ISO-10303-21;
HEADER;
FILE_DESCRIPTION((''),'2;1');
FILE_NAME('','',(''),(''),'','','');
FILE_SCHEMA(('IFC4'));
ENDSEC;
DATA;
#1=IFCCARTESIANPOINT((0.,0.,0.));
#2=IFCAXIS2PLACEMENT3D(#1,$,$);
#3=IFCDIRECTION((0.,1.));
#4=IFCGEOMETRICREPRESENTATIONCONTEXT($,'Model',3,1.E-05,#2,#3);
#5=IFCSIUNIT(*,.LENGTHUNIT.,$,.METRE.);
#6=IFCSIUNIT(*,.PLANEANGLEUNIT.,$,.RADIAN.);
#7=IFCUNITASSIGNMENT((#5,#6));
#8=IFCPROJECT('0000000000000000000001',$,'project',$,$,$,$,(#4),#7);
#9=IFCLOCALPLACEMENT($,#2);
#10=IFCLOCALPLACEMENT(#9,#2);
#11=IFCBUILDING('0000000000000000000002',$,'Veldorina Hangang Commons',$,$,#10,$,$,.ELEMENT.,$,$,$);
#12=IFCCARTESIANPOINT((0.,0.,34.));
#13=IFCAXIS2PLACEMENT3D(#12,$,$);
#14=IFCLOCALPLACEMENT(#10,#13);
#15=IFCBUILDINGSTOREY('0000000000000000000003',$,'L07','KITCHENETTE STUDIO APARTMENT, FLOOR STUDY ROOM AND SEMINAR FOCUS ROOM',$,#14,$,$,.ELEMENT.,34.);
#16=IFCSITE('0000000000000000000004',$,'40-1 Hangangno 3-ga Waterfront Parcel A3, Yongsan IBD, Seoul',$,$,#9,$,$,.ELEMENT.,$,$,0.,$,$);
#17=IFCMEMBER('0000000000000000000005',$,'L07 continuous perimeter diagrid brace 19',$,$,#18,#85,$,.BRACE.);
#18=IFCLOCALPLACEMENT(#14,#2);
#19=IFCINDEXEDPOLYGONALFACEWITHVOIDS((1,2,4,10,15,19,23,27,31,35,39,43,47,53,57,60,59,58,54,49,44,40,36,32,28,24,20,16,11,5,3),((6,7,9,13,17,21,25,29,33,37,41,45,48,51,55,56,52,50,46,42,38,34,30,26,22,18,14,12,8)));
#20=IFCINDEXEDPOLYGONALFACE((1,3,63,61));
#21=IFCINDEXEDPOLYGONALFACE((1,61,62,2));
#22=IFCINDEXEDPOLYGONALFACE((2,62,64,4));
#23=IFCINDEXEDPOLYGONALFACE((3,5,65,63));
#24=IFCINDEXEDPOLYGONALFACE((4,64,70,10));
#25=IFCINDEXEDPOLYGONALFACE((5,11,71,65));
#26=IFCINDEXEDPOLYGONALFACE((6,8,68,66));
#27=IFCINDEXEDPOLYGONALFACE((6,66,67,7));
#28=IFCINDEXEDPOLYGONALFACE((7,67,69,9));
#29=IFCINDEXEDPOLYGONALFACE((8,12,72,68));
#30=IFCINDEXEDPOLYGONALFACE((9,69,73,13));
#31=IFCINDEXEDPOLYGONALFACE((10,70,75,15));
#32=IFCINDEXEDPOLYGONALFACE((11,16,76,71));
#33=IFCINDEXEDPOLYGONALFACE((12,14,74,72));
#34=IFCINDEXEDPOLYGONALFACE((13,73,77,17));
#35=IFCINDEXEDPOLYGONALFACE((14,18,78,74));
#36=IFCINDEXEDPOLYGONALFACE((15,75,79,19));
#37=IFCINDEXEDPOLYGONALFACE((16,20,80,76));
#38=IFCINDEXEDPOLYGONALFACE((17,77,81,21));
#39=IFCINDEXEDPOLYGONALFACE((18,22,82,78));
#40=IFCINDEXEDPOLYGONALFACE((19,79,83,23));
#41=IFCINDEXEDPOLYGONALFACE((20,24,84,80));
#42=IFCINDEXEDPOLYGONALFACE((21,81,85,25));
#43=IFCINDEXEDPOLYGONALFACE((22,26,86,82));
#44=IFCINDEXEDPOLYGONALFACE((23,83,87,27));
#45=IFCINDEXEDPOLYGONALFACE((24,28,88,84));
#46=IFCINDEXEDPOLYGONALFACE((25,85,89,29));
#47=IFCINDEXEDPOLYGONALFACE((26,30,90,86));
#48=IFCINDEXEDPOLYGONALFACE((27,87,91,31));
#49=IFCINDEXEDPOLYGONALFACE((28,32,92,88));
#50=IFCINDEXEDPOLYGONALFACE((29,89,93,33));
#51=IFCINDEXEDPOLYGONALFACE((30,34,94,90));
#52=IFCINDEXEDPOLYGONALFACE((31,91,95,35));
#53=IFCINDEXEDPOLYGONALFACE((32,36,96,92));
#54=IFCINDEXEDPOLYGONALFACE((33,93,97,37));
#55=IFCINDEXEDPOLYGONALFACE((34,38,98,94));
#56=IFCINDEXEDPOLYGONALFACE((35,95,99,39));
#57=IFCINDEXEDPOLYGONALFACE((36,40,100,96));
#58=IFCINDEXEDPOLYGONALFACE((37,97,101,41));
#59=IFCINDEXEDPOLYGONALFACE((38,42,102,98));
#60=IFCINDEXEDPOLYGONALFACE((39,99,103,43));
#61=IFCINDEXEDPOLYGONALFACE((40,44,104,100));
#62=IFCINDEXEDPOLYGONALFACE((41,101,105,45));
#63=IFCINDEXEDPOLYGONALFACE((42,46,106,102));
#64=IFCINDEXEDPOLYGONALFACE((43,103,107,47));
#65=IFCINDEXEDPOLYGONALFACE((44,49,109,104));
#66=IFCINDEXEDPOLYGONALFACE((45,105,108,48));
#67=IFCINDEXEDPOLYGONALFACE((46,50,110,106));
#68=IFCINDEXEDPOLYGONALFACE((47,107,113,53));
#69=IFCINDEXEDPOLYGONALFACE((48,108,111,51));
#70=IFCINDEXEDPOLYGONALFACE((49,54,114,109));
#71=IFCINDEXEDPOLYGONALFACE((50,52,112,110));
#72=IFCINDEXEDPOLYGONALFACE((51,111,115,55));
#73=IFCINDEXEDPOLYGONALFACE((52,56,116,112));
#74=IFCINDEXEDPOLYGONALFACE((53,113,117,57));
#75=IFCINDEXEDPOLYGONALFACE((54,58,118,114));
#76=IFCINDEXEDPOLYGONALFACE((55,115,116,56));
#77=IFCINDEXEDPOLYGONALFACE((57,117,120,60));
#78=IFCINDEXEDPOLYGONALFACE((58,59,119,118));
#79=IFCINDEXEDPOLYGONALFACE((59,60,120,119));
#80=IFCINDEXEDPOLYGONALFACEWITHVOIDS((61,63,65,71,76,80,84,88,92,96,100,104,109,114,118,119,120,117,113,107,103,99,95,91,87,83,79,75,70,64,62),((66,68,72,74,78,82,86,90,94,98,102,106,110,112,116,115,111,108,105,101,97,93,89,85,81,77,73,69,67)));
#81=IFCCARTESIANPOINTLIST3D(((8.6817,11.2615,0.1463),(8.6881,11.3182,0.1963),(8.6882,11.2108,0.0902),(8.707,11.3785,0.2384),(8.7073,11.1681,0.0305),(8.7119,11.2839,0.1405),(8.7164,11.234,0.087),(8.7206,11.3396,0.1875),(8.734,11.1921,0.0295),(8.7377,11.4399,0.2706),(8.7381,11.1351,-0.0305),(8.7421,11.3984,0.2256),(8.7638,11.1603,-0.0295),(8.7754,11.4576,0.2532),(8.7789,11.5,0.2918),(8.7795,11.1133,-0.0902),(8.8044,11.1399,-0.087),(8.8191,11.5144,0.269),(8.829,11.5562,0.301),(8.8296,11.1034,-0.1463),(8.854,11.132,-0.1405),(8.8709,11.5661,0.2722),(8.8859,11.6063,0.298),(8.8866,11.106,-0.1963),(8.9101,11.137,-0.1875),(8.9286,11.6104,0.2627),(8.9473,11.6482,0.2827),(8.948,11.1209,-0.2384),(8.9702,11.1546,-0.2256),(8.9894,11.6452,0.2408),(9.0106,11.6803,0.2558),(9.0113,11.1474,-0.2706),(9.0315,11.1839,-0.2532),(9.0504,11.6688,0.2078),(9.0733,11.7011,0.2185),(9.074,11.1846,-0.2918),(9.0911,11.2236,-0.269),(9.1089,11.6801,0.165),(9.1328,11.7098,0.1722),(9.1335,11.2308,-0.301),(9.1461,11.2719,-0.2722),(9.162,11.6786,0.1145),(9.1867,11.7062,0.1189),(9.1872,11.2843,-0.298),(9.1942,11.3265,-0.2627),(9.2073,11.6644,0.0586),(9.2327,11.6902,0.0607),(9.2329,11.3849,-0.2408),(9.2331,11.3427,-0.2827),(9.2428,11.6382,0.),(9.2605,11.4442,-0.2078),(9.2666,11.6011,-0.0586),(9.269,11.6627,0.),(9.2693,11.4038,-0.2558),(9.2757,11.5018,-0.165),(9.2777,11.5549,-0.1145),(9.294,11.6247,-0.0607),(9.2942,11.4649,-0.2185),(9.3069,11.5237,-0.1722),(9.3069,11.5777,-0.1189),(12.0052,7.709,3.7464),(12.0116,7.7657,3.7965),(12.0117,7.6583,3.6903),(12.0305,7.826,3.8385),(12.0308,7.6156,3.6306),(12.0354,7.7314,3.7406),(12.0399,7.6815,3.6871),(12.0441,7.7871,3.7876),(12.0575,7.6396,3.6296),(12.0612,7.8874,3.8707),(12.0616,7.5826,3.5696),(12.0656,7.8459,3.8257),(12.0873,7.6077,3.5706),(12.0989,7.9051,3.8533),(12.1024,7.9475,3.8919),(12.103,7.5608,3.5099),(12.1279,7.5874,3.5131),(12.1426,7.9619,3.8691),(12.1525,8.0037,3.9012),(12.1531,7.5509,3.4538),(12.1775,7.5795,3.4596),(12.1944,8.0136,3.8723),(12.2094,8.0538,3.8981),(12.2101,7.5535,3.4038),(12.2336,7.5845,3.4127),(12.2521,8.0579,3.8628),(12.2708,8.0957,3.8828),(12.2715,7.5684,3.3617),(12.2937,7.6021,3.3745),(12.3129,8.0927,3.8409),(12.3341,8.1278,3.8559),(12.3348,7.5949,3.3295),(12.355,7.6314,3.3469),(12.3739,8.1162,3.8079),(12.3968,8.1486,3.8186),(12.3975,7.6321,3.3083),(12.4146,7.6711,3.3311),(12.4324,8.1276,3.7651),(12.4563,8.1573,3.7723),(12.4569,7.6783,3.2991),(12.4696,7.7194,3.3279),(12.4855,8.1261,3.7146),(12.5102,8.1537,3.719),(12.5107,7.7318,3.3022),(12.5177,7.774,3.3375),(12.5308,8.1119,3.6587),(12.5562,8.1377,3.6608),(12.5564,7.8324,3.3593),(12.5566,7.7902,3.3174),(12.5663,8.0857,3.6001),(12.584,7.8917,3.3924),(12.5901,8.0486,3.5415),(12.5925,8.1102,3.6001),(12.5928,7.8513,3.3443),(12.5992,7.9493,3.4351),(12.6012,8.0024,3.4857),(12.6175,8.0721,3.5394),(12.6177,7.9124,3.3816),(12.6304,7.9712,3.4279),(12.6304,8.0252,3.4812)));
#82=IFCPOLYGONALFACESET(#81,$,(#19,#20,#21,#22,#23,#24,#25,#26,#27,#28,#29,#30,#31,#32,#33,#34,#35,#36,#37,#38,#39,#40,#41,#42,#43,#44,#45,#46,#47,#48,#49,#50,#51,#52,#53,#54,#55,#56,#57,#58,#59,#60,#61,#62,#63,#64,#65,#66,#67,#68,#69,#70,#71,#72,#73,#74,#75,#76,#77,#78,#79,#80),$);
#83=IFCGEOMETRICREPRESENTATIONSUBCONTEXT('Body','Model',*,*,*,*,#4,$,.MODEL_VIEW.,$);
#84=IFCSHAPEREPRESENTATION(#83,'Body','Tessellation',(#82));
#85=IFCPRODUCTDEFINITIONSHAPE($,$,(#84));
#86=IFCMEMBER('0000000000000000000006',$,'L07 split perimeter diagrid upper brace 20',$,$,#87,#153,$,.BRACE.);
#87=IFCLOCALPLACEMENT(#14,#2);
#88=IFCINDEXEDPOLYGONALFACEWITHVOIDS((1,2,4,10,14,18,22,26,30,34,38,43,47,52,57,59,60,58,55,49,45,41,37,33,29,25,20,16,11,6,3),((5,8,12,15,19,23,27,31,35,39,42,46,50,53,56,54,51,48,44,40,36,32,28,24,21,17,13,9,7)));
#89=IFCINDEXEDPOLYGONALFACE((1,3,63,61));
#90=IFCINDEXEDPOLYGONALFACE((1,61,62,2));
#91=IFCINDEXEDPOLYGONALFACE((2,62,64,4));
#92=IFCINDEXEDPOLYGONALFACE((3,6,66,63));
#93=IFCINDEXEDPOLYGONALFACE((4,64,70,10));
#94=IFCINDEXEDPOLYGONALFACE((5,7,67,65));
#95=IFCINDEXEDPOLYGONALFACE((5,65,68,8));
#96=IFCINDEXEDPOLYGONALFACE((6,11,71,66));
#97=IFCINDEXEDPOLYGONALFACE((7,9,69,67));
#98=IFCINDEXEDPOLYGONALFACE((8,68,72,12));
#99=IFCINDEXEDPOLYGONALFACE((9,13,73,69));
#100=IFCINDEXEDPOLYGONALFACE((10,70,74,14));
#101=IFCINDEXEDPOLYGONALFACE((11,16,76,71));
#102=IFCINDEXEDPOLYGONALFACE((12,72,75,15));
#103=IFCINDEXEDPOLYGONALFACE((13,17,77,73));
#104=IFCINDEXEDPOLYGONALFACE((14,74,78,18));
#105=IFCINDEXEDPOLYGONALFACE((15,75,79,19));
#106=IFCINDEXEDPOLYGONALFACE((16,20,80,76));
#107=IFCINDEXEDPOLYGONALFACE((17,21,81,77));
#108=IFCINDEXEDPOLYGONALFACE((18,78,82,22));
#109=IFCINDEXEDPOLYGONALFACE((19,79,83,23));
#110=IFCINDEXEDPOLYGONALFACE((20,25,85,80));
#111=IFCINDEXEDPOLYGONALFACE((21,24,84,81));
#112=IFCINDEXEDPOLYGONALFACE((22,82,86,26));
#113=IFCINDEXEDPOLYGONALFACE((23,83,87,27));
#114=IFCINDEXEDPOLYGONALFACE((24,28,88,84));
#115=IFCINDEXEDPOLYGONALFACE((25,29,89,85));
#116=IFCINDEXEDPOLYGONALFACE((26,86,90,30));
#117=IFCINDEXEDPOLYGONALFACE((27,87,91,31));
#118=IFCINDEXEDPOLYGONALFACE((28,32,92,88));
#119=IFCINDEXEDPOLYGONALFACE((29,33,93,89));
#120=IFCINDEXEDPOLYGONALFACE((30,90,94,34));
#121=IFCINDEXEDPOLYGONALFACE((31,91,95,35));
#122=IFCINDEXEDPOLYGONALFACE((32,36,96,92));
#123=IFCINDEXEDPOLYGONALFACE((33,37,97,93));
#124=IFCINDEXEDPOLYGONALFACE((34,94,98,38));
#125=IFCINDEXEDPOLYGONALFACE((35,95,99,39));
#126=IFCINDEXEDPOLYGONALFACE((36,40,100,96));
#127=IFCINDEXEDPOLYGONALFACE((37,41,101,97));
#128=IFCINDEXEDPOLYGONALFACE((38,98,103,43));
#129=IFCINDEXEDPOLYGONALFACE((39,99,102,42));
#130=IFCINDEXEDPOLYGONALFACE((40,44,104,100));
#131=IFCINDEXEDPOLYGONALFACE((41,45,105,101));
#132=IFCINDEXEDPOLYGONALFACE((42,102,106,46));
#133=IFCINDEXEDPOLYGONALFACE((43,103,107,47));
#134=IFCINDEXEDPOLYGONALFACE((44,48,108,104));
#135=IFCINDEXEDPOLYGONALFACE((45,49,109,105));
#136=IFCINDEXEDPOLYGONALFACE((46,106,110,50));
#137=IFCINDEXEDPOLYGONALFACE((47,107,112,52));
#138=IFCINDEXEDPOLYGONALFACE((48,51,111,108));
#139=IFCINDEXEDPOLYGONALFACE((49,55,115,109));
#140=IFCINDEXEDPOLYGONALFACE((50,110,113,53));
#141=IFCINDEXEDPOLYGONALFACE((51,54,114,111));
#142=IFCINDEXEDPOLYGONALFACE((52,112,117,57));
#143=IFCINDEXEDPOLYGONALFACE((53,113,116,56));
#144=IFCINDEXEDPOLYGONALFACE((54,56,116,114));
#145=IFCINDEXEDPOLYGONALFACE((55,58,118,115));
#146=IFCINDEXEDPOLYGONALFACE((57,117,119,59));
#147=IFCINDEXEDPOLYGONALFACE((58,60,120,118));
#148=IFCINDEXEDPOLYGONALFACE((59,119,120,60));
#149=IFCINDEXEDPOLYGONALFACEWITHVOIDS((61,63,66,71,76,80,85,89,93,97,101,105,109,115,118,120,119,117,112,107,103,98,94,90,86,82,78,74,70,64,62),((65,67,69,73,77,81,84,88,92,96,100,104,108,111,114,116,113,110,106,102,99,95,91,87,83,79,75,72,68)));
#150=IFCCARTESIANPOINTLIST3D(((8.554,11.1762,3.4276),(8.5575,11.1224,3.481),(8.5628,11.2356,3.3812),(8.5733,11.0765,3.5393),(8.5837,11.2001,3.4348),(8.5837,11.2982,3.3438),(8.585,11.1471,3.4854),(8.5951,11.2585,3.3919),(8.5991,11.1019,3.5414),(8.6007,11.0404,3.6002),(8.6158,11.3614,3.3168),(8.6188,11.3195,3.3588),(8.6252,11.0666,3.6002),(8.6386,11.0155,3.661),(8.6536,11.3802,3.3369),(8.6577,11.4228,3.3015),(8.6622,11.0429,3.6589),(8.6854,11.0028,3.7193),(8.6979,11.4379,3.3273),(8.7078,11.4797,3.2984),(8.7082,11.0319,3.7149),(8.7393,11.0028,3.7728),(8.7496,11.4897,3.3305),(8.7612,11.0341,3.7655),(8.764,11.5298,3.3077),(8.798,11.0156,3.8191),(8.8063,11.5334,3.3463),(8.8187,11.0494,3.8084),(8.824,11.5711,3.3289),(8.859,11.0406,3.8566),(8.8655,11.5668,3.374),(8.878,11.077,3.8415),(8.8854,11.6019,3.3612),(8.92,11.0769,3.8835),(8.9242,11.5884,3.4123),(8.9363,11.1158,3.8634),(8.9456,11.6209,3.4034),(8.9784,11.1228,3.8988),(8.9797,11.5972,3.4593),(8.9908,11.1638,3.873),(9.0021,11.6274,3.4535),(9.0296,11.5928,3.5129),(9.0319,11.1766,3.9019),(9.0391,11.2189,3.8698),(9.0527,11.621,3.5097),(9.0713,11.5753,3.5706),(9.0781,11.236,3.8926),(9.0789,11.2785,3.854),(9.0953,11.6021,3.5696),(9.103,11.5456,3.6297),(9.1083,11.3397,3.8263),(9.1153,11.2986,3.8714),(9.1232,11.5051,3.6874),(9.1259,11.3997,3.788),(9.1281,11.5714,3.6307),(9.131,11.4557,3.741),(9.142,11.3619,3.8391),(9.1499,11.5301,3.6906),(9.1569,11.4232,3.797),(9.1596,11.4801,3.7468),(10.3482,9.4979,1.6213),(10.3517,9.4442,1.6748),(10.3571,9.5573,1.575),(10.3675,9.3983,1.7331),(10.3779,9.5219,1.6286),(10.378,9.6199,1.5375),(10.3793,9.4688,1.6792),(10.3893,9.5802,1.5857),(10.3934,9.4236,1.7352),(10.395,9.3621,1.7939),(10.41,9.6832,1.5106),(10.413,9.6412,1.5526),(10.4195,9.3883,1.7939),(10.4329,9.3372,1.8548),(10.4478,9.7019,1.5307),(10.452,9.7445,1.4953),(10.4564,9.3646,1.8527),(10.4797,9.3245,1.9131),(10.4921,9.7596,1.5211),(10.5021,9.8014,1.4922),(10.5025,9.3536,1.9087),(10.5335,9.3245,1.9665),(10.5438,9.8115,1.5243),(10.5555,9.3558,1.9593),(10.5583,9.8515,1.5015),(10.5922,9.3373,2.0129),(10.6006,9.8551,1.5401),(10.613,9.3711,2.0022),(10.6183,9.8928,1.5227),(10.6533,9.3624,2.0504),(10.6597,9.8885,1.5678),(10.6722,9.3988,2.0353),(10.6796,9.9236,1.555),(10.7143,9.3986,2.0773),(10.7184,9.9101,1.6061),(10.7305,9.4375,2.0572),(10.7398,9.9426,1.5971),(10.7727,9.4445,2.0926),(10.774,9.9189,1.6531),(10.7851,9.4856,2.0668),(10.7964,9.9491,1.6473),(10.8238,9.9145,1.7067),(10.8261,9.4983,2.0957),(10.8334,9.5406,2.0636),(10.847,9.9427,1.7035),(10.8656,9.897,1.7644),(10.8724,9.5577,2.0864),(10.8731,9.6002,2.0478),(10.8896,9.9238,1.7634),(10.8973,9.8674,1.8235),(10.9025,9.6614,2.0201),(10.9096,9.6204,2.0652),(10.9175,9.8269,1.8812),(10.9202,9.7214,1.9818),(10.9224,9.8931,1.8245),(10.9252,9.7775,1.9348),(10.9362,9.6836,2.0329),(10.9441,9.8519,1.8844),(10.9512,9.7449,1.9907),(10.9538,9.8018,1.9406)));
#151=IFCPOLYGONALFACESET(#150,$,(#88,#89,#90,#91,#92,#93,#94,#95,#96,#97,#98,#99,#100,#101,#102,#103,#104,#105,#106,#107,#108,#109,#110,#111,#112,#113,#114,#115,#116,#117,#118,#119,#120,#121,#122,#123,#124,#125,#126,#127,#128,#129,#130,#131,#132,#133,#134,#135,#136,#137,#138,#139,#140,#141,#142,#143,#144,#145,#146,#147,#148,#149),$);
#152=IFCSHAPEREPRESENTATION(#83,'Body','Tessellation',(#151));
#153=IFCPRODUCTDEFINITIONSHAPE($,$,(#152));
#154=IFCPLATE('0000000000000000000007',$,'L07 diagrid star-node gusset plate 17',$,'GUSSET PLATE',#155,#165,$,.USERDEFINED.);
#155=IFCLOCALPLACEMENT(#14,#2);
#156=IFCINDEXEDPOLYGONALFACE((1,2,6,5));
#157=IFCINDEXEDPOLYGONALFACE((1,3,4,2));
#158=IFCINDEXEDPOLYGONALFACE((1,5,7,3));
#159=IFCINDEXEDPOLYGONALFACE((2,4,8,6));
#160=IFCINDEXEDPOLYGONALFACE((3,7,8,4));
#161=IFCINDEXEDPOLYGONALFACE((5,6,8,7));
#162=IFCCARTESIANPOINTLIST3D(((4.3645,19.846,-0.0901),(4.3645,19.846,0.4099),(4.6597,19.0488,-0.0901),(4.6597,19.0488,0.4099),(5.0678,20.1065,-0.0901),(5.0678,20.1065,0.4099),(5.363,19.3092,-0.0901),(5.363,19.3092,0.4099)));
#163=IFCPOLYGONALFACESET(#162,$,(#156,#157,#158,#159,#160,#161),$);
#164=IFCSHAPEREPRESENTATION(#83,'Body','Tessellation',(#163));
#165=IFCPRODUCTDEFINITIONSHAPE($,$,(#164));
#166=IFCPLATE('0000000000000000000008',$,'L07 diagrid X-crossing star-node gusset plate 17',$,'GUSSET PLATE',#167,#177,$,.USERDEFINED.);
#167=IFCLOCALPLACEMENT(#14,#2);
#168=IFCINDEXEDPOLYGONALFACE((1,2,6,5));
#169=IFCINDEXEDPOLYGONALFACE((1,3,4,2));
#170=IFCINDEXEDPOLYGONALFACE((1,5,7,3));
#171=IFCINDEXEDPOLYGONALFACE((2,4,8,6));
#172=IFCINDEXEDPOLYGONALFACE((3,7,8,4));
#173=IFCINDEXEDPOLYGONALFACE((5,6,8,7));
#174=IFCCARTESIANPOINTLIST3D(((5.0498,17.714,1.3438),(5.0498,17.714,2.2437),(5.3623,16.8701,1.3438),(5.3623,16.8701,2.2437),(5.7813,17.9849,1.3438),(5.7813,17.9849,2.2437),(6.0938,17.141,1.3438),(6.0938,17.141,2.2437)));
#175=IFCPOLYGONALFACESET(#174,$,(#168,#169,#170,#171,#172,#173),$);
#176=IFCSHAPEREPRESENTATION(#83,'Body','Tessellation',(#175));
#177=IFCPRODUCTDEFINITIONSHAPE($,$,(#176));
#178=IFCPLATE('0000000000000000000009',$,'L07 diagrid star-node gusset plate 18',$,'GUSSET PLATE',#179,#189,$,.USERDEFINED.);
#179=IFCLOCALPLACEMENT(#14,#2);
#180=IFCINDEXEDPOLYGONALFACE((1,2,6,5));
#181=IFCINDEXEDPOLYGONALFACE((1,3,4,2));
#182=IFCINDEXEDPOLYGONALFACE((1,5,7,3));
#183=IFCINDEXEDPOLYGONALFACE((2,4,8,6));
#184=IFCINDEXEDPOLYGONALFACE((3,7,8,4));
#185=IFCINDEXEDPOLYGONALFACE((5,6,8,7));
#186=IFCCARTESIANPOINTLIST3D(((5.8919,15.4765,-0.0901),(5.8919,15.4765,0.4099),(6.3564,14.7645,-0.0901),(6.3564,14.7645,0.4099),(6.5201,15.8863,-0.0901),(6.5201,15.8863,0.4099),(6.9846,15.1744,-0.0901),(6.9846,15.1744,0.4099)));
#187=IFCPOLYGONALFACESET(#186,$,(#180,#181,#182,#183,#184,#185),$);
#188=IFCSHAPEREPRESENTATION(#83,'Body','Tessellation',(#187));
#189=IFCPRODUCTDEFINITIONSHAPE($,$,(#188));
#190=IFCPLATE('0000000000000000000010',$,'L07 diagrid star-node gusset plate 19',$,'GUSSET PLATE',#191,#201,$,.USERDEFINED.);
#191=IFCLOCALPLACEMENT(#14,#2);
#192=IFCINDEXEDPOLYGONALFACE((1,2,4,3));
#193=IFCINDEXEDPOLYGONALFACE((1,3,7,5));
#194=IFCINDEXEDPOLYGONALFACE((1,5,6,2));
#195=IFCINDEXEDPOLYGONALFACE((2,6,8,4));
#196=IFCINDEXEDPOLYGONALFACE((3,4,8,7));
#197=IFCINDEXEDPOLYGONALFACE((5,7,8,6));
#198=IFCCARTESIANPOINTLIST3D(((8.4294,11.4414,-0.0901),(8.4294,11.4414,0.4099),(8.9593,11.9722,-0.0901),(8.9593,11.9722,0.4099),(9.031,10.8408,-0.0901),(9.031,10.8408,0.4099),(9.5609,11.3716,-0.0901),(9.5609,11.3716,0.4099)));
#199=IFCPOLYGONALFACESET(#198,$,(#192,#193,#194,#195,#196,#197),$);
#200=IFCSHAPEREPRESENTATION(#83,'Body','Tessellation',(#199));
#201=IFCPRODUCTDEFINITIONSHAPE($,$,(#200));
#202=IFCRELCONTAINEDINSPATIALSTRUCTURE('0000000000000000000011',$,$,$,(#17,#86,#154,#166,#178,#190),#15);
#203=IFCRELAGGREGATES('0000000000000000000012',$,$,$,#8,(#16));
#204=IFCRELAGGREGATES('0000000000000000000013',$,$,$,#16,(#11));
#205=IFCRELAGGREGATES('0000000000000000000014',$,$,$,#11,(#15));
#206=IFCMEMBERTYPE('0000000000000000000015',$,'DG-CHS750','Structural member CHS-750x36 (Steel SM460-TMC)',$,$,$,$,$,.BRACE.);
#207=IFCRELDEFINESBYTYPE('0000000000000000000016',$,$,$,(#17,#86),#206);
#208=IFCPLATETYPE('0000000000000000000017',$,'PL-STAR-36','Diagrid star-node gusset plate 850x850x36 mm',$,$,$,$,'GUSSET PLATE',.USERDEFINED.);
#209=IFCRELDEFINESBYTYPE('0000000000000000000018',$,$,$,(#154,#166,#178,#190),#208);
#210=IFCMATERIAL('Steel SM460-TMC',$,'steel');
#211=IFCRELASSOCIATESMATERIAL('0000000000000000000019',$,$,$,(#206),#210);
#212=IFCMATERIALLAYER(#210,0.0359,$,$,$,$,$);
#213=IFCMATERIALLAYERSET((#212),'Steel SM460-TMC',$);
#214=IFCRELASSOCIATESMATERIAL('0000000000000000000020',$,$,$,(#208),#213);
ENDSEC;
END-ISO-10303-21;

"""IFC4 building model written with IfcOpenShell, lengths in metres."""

from ifc_helpers import new_model, si_unit, direction, frame, origin, origin_2d, place, context, subcontext, project, spatial, rectangle, hollow_circle, extrude, material, layer, layer_set, material_profile, profile_set, type_object, element, save


model = new_model("IFC4")

# Units and contexts
model_context = context("Model", 3, precision=1e-05, world=origin(), true_north=direction((0.0, 1.0)))
body_context = subcontext(model_context, "Body", "Model", "MODEL_VIEW")
ifc_project = project(units=[si_unit("LENGTHUNIT", "METRE"), si_unit("PLANEANGLEUNIT", "RADIAN")], contexts=[model_context])

# Site, building, storey
site_placement = place(None, origin())
site = spatial("IfcSite", under=ifc_project, at=site_placement, Name="40-1 Hangangno 3-ga Waterfront Parcel A3, Yongsan IBD, Seoul", CompositionType="ELEMENT", RefElevation=0.0)
building_placement = place(site_placement, origin())
building = spatial("IfcBuilding", under=site, at=building_placement, Name="Veldorina Hangang Commons", CompositionType="ELEMENT")
storey_placement = place(building_placement, frame((0.0, 0.0, 34.0)))
storey = spatial("IfcBuildingStorey", under=building, at=storey_placement, Name="L07", Description="KITCHENETTE STUDIO APARTMENT, FLOOR STUDY ROOM AND SEMINAR FOCUS ROOM", CompositionType="ELEMENT", Elevation=34.0)

# Shared definitions
ifc_material_1 = material(Name="Steel SM460-TMC", Category="steel")

# Members
ifc_material_profile_1 = material_profile(ifc_material_1, hollow_circle(Radius=0.375, WallThickness=0.0359, at=origin_2d()), Name="CHS-750x36")
ifc_profile_set_1 = profile_set([ifc_material_profile_1], Name="Steel SM460-TMC")
member_type_1 = type_object("IfcMemberType", Name="DG-CHS750", Description="Structural member CHS-750x36 (Steel SM460-TMC)", PredefinedType="BRACE", material=ifc_profile_set_1)
member_1_placement = place(storey_placement, frame((8.9951, 11.4065, 0.0), z_axis=(0.549157, -0.586996, 0.594863), x_axis=(0.730252, 0.683178, 0.0)))
element("IfcMember", 1, at=member_1_placement, inside=storey, type_object=member_type_1, Name="L07 continuous perimeter diagrid brace 19", PredefinedType="BRACE", context=body_context, shape_type="SweptSolid", body=[
    extrude(hollow_circle(Radius=0.375, WallThickness=0.0359, at=origin_2d()), origin(), (0.0, 0.0, 1.0), 6.052),
])
member_2_placement = place(storey_placement, frame((10.6511, 9.636, 1.7939), z_axis=(-0.58841, 0.550378, 0.592333), x_axis=(-0.683111, -0.730315, 0.0)))
element("IfcMember", 2, at=member_2_placement, inside=storey, type_object=member_type_1, Name="L07 split perimeter diagrid upper brace 20", PredefinedType="BRACE", context=body_context, shape_type="SweptSolid", body=[
    extrude(hollow_circle(Radius=0.375, WallThickness=0.0359, at=origin_2d()), origin(), (0.0, 0.0, 1.0), 3.0493),
])

# Plates
ifc_layer_1 = layer(ifc_material_1, 0.0359)
ifc_layer_set_1 = layer_set([ifc_layer_1], Name="Steel SM460-TMC")
plate_type = type_object("IfcPlateType", Name="PL-STAR-36", Description="Diagrid star-node gusset plate 850x850x36 mm", ElementType="GUSSET PLATE", PredefinedType="USERDEFINED", material=ifc_layer_set_1)
plate_1_placement = place(storey_placement, frame((4.8638, 19.5776, -0.0901), z_axis=(0.0, 0.0, 1.0), x_axis=(0.34723, -0.93778, 0.0)))
element("IfcPlate", 3, at=plate_1_placement, inside=storey, type_object=plate_type, Name="L07 diagrid star-node gusset plate 17", ObjectType="GUSSET PLATE", PredefinedType="USERDEFINED", context=body_context, shape_type="SweptSolid", body=[
    extrude(rectangle(XDim=0.8501, YDim=0.75, at=origin_2d()), origin(), (0.0, 0.0, 1.0), 0.5),
])
plate_2_placement = place(storey_placement, frame((5.5718, 17.4275, 1.3438), z_axis=(0.0, 0.0, 1.0), x_axis=(0.34723, -0.93778, 0.0)))
element("IfcPlate", 4, at=plate_2_placement, inside=storey, type_object=plate_type, Name="L07 diagrid X-crossing star-node gusset plate 17", ObjectType="GUSSET PLATE", PredefinedType="USERDEFINED", context=body_context, shape_type="SweptSolid", body=[
    extrude(rectangle(XDim=0.8999, YDim=0.78, at=origin_2d()), origin(), (0.0, 0.0, 1.0), 0.8999),
])
for number, where, z_axis, x_axis, name in (
    (5, (6.4382, 15.3254, -0.0901), (0.0, 0.0, 1.0), (0.546409, -0.837519, 0.0), "L07 diagrid star-node gusset plate 18"),
    (6, (8.9951, 11.4065, -0.0901), (0.0, 0.0, 1.0), (0.707699, -0.706514, 0.0), "L07 diagrid star-node gusset plate 19"),
):
    element("IfcPlate", number, at=place(storey_placement, frame(where, z_axis=z_axis, x_axis=x_axis)), inside=storey, type_object=plate_type, Name=name, ObjectType="GUSSET PLATE", PredefinedType="USERDEFINED", context=body_context, shape_type="SweptSolid", body=[
        extrude(rectangle(XDim=0.8501, YDim=0.75, at=origin_2d()), origin(), (0.0, 0.0, 1.0), 0.5),
    ])

save(model, "model.ifc")
